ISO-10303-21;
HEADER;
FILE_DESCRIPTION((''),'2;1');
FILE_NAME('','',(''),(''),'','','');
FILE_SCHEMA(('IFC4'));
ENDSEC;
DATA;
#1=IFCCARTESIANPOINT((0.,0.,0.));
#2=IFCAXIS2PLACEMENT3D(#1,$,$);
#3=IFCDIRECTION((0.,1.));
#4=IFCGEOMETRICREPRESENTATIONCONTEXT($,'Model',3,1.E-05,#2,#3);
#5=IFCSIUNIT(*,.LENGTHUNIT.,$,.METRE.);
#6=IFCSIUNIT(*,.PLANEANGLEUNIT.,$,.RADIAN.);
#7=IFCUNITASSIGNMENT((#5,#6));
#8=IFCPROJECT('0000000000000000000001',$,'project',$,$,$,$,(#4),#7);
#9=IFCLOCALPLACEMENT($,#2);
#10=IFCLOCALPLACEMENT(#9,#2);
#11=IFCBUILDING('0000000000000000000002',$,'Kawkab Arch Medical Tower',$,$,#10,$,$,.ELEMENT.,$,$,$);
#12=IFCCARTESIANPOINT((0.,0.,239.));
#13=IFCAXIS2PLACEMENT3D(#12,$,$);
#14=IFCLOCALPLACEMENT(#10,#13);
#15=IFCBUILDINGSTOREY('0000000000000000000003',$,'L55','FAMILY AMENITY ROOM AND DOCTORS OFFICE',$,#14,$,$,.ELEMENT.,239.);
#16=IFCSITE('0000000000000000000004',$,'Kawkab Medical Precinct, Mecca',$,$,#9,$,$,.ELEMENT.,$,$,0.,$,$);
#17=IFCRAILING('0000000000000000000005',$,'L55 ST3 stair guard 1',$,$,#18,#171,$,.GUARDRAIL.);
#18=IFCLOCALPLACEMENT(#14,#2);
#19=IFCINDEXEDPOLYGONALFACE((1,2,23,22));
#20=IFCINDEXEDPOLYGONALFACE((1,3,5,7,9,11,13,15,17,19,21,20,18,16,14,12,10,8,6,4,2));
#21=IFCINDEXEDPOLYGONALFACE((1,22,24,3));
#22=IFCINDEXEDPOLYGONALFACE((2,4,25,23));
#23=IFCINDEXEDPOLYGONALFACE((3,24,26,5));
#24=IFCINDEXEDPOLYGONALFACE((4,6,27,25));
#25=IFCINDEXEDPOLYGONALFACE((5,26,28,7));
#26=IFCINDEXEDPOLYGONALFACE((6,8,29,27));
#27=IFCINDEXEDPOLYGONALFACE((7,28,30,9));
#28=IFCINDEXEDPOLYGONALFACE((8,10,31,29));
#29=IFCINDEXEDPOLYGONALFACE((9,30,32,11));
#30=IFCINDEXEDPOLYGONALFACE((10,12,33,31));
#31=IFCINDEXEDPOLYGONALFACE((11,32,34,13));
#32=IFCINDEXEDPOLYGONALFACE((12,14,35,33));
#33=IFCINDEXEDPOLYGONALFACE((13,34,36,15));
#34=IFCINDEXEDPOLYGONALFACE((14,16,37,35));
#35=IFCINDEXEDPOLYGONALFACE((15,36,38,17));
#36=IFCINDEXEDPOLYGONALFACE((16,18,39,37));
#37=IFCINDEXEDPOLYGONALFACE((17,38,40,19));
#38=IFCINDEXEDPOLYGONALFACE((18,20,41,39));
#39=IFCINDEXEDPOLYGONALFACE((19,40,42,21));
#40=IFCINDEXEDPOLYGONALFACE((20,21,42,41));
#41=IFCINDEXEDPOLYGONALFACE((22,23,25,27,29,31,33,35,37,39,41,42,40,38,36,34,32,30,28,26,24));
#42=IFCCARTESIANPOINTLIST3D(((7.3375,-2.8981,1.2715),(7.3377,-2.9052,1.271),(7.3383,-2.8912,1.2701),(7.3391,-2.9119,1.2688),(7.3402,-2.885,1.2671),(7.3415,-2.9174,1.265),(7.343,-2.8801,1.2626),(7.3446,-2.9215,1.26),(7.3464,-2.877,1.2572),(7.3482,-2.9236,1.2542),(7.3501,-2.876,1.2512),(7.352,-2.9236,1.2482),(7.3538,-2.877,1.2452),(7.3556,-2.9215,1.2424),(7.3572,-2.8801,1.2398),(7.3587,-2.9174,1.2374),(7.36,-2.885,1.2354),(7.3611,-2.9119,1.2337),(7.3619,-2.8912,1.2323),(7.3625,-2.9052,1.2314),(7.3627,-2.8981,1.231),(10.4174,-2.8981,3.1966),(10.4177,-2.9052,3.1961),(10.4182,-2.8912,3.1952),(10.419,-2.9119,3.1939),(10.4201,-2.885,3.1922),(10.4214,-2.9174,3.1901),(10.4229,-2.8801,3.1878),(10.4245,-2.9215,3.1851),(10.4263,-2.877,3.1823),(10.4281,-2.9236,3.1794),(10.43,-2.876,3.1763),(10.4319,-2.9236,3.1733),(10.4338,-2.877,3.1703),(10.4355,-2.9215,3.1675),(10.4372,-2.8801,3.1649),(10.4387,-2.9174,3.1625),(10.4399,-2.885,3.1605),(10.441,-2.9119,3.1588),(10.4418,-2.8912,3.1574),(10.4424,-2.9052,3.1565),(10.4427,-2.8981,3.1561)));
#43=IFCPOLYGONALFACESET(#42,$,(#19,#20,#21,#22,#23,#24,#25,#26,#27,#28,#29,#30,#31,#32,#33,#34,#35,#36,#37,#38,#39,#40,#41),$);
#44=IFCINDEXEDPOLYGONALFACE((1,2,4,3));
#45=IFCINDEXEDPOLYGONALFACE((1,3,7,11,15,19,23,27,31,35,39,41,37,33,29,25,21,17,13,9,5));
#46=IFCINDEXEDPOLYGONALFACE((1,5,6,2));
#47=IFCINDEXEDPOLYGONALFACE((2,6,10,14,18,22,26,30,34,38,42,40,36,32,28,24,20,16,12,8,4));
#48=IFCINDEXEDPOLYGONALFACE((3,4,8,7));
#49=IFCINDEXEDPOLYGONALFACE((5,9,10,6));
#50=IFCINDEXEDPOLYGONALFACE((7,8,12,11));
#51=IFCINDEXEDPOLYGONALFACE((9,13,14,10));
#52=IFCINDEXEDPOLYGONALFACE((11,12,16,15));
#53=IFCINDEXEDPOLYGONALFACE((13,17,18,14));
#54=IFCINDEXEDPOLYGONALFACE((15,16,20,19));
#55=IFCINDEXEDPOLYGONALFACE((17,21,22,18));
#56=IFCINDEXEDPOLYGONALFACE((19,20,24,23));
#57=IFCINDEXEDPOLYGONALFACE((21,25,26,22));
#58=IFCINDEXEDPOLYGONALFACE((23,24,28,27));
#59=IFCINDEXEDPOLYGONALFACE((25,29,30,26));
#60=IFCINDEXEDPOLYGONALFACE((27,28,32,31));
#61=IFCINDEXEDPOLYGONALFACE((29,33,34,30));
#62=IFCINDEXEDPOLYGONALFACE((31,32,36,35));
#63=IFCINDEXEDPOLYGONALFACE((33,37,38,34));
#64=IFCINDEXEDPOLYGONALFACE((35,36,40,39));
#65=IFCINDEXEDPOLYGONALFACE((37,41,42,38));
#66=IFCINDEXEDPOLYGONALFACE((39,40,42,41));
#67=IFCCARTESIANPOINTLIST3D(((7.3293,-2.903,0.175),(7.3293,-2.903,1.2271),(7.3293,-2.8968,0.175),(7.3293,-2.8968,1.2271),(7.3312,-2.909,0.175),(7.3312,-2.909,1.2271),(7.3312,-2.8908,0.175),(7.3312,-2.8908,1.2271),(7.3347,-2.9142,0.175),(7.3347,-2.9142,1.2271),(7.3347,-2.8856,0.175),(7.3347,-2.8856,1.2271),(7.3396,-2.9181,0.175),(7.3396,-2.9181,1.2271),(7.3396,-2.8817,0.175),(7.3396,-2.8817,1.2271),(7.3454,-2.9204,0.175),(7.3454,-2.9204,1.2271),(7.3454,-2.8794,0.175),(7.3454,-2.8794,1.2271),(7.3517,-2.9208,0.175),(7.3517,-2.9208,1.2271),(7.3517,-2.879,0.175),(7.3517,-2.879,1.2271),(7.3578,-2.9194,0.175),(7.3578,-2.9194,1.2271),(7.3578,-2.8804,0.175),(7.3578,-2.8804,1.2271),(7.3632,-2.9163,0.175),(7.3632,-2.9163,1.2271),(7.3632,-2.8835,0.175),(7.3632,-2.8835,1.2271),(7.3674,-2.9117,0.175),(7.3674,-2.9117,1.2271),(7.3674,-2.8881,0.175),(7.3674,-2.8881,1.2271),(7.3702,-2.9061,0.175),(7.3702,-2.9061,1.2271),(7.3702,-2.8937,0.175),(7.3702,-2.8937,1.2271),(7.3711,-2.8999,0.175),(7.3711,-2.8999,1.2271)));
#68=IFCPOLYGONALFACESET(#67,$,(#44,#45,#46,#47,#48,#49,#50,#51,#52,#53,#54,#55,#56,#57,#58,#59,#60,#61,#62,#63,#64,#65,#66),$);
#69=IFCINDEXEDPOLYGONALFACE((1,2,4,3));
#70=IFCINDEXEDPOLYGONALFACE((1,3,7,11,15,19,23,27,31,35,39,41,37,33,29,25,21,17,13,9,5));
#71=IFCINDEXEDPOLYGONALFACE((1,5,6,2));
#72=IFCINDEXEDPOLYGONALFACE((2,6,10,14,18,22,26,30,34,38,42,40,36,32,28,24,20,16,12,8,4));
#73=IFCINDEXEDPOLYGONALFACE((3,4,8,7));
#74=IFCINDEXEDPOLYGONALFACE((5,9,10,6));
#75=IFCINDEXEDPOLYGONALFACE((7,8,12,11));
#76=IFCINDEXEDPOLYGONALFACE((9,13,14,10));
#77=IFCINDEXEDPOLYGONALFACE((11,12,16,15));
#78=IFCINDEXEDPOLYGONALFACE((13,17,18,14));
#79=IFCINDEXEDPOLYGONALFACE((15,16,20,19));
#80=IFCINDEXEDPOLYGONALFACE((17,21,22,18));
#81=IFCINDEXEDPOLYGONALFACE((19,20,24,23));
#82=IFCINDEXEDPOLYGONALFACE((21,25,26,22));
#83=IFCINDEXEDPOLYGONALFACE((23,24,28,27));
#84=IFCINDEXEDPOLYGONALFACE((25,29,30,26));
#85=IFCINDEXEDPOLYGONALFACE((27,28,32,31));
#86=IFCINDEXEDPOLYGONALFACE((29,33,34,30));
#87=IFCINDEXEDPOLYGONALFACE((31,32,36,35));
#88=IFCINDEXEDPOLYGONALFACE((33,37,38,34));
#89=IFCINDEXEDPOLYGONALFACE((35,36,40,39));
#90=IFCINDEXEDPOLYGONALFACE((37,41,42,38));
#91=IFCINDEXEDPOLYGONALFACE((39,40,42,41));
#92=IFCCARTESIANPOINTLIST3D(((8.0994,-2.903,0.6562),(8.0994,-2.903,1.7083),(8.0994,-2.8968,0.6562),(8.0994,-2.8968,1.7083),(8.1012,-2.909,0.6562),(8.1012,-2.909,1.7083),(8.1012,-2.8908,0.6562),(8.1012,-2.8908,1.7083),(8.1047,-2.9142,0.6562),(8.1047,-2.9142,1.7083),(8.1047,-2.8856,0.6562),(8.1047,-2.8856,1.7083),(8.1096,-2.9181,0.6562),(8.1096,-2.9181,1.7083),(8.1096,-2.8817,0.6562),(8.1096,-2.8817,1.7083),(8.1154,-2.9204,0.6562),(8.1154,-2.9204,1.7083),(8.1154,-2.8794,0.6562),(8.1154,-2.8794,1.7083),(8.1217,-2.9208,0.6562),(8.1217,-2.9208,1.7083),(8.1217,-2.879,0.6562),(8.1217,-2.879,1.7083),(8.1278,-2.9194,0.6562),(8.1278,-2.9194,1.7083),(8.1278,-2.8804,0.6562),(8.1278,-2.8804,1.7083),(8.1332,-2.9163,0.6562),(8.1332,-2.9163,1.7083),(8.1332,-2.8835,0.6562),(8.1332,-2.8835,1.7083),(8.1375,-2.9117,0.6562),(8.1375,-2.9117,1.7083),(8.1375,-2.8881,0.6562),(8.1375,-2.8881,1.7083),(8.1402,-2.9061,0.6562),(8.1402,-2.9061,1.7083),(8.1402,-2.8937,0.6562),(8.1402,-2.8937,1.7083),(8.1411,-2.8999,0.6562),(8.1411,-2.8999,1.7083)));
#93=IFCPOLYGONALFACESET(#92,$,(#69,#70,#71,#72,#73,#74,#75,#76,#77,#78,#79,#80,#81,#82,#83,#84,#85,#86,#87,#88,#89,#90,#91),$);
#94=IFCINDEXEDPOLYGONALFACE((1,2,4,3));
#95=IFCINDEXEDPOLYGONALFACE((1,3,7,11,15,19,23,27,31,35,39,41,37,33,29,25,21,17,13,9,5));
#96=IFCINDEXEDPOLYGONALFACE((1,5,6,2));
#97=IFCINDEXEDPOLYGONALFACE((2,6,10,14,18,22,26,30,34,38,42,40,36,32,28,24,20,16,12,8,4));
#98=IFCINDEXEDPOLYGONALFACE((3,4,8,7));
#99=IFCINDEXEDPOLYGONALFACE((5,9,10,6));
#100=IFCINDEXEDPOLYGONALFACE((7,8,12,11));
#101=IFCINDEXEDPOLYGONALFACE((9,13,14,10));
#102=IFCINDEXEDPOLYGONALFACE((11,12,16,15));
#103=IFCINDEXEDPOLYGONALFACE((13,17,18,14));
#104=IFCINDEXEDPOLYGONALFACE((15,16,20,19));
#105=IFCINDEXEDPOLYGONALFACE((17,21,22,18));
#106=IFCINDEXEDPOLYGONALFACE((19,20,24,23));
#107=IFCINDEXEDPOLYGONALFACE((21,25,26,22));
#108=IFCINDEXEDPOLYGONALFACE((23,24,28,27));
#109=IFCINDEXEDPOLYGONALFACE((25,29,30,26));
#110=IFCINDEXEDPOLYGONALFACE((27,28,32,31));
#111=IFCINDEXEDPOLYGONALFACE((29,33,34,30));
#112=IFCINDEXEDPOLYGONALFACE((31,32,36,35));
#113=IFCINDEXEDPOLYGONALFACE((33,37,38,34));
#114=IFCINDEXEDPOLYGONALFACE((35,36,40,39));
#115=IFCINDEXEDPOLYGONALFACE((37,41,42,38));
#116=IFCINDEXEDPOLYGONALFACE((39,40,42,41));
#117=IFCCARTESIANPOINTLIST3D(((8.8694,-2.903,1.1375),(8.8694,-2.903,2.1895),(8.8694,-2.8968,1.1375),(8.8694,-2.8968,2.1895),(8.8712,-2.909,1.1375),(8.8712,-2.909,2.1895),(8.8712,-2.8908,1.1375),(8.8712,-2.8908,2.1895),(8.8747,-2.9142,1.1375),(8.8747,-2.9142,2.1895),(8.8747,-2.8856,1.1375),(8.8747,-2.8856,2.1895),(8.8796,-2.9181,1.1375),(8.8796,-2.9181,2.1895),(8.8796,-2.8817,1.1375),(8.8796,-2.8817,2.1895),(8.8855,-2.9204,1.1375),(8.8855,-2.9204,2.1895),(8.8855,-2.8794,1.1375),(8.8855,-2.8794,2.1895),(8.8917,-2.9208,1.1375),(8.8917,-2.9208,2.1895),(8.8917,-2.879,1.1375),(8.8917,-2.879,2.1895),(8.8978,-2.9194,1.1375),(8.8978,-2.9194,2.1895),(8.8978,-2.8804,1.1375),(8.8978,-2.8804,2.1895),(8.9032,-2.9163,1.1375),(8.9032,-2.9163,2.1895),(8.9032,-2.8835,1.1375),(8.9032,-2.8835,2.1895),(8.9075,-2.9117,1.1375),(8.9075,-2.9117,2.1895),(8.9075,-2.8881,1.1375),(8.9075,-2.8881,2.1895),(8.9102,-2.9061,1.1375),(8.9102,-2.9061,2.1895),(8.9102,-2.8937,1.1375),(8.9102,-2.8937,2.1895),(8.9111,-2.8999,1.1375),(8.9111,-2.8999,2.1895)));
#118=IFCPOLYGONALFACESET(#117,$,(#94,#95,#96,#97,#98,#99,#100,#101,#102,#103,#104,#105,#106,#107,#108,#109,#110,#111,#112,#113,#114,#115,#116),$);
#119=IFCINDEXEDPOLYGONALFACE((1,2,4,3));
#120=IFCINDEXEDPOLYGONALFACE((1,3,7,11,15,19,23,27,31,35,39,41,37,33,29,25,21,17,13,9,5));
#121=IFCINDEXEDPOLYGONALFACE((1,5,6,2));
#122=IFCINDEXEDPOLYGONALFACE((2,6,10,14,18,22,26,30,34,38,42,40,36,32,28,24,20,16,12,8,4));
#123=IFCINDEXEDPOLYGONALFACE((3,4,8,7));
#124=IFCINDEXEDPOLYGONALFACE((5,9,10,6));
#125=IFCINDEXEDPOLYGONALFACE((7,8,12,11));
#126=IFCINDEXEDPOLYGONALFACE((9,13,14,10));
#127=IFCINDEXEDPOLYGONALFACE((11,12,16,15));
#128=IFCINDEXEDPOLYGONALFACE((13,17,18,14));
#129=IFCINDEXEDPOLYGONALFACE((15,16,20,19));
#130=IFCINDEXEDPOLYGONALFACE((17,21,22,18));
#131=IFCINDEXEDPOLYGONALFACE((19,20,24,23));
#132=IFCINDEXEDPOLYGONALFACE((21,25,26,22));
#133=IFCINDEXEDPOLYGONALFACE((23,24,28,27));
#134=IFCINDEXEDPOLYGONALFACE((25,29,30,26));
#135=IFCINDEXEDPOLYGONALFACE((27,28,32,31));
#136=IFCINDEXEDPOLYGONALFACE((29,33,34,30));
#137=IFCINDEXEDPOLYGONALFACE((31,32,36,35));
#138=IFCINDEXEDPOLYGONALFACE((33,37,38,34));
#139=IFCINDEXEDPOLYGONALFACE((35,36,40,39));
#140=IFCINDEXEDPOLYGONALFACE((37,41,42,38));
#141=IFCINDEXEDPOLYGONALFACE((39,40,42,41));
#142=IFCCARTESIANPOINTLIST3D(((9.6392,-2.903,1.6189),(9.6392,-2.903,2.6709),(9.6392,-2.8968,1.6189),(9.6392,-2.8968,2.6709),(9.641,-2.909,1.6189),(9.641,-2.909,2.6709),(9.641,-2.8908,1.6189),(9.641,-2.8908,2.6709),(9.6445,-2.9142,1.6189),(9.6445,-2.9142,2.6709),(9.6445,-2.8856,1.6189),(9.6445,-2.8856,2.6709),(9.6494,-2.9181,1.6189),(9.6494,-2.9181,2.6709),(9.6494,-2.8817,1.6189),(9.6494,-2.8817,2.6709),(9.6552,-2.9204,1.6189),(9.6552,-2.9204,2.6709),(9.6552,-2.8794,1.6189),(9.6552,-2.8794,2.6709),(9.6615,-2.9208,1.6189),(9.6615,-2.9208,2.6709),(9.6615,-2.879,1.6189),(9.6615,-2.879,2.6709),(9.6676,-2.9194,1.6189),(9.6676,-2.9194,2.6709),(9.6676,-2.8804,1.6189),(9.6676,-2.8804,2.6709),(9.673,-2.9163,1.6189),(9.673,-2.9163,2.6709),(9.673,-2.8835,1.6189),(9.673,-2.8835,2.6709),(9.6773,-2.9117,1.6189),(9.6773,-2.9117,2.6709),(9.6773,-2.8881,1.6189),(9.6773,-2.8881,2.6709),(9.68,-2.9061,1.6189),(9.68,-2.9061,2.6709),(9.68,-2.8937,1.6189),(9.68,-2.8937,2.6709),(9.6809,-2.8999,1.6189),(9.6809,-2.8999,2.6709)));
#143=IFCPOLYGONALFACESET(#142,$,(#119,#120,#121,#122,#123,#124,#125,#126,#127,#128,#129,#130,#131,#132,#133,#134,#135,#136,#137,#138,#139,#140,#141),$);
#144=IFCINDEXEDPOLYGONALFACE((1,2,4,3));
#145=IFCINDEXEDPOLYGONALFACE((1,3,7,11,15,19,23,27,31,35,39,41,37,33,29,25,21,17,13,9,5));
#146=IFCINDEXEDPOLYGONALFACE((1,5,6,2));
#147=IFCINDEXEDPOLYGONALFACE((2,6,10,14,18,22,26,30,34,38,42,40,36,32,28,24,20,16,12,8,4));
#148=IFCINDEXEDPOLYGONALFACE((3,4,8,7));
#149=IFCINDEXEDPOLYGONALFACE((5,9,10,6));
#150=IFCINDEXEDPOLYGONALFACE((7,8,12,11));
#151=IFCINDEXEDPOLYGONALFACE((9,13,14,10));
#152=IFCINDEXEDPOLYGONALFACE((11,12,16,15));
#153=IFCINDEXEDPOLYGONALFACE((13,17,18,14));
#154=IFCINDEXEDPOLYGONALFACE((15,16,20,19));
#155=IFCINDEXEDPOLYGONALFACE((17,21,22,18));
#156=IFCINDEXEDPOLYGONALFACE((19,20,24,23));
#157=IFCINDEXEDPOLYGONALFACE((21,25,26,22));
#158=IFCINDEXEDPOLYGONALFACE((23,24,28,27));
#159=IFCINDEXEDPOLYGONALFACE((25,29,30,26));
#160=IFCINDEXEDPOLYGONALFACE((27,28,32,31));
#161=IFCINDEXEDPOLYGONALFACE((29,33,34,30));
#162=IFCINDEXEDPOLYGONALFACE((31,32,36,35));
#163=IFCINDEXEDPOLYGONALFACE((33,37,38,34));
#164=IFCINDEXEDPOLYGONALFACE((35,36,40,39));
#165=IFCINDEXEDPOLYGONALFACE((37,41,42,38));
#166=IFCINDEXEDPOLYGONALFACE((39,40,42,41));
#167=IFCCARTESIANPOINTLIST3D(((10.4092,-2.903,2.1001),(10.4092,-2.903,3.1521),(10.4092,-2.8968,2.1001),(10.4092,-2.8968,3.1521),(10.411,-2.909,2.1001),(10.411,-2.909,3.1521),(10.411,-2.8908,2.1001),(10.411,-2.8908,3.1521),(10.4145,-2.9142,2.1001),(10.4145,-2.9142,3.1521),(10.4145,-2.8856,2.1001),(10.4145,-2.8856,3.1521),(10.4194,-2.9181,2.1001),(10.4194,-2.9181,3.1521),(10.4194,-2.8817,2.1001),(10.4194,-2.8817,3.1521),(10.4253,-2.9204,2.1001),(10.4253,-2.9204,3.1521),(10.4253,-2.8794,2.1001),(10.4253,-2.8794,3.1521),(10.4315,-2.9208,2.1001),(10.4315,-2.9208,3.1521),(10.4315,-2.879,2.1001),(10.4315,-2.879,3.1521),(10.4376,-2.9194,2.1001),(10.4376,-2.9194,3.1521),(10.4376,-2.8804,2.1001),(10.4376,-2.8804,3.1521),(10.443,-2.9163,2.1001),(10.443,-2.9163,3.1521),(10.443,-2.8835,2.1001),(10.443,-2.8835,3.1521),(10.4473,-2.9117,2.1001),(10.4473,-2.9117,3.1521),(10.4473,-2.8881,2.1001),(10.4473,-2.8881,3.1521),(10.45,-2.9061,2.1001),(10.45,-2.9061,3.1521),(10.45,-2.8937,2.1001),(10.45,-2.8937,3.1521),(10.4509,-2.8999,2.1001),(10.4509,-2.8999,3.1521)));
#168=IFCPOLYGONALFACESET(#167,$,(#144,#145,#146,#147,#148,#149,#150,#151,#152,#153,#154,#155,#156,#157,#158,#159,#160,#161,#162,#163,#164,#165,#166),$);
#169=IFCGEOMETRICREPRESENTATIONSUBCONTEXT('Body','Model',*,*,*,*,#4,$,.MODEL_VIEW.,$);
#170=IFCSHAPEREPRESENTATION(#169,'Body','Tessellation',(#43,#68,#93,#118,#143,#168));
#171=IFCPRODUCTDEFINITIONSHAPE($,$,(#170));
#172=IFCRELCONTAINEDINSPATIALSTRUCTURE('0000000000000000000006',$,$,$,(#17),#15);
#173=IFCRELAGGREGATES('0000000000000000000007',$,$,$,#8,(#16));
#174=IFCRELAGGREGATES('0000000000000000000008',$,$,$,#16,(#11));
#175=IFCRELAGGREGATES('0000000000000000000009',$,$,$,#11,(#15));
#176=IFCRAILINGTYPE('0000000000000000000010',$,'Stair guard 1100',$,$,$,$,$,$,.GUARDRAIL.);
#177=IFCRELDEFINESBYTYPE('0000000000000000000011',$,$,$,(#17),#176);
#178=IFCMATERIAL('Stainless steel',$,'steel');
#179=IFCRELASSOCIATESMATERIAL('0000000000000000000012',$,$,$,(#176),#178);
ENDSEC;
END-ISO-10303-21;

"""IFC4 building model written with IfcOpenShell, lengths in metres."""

from ifc_helpers import new_model, si_unit, direction, frame, origin, origin_2d, place, context, subcontext, project, spatial, circle, extrude, material, type_object, element, save


model = new_model("IFC4")

# Units and contexts
model_context = context("Model", 3, precision=1e-05, world=origin(), true_north=direction((0.0, 1.0)))
body_context = subcontext(model_context, "Body", "Model", "MODEL_VIEW")
ifc_project = project(units=[si_unit("LENGTHUNIT", "METRE"), si_unit("PLANEANGLEUNIT", "RADIAN")], contexts=[model_context])

# Site, building, storey
site_placement = place(None, origin())
site = spatial("IfcSite", under=ifc_project, at=site_placement, Name="Kawkab Medical Precinct, Mecca", CompositionType="ELEMENT", RefElevation=0.0)
building_placement = place(site_placement, origin())
building = spatial("IfcBuilding", under=site, at=building_placement, Name="Kawkab Arch Medical Tower", CompositionType="ELEMENT")
storey_placement = place(building_placement, frame((0.0, 0.0, 239.0)))
storey = spatial("IfcBuildingStorey", under=building, at=storey_placement, Name="L55", Description="FAMILY AMENITY ROOM AND DOCTORS OFFICE", CompositionType="ELEMENT", Elevation=239.0)

# Railing
ifc_material_1 = material(Name="Stainless steel", Category="steel")
railing_type = type_object("IfcRailingType", Name="Stair guard 1100", PredefinedType="GUARDRAIL", material=ifc_material_1)
railing_placement = place(storey_placement, frame((7.3501, -2.8999, 0.175)))
element("IfcRailing", 1, at=railing_placement, inside=storey, type_object=railing_type, Name="L55 ST3 stair guard 1", PredefinedType="GUARDRAIL", context=body_context, shape_type="SweptSolid", body=[
    extrude(circle(Radius=0.0239, at=origin_2d()), frame((0.0, 0.0, 1.0762), z_axis=(0.847979, 0.0, 0.530029), x_axis=(0.0, 1.0, 0.0)), (0.0, 0.0, 1.0), 3.6321),
    extrude(circle(Radius=0.021, at=origin_2d()), origin(), (0.0, 0.0, 1.0), 1.052),
    extrude(circle(Radius=0.021, at=origin_2d()), frame((0.77, 0.0, 0.4812)), (0.0, 0.0, 1.0), 1.052),
    extrude(circle(Radius=0.021, at=origin_2d()), frame((1.54, 0.0, 0.9624)), (0.0, 0.0, 1.0), 1.052),
    extrude(circle(Radius=0.021, at=origin_2d()), frame((2.3098, 0.0, 1.4438)), (0.0, 0.0, 1.0), 1.052),
    extrude(circle(Radius=0.021, at=origin_2d()), frame((3.0798, 0.0, 1.925)), (0.0, 0.0, 1.0), 1.052),
])

save(model, "model.ifc")
